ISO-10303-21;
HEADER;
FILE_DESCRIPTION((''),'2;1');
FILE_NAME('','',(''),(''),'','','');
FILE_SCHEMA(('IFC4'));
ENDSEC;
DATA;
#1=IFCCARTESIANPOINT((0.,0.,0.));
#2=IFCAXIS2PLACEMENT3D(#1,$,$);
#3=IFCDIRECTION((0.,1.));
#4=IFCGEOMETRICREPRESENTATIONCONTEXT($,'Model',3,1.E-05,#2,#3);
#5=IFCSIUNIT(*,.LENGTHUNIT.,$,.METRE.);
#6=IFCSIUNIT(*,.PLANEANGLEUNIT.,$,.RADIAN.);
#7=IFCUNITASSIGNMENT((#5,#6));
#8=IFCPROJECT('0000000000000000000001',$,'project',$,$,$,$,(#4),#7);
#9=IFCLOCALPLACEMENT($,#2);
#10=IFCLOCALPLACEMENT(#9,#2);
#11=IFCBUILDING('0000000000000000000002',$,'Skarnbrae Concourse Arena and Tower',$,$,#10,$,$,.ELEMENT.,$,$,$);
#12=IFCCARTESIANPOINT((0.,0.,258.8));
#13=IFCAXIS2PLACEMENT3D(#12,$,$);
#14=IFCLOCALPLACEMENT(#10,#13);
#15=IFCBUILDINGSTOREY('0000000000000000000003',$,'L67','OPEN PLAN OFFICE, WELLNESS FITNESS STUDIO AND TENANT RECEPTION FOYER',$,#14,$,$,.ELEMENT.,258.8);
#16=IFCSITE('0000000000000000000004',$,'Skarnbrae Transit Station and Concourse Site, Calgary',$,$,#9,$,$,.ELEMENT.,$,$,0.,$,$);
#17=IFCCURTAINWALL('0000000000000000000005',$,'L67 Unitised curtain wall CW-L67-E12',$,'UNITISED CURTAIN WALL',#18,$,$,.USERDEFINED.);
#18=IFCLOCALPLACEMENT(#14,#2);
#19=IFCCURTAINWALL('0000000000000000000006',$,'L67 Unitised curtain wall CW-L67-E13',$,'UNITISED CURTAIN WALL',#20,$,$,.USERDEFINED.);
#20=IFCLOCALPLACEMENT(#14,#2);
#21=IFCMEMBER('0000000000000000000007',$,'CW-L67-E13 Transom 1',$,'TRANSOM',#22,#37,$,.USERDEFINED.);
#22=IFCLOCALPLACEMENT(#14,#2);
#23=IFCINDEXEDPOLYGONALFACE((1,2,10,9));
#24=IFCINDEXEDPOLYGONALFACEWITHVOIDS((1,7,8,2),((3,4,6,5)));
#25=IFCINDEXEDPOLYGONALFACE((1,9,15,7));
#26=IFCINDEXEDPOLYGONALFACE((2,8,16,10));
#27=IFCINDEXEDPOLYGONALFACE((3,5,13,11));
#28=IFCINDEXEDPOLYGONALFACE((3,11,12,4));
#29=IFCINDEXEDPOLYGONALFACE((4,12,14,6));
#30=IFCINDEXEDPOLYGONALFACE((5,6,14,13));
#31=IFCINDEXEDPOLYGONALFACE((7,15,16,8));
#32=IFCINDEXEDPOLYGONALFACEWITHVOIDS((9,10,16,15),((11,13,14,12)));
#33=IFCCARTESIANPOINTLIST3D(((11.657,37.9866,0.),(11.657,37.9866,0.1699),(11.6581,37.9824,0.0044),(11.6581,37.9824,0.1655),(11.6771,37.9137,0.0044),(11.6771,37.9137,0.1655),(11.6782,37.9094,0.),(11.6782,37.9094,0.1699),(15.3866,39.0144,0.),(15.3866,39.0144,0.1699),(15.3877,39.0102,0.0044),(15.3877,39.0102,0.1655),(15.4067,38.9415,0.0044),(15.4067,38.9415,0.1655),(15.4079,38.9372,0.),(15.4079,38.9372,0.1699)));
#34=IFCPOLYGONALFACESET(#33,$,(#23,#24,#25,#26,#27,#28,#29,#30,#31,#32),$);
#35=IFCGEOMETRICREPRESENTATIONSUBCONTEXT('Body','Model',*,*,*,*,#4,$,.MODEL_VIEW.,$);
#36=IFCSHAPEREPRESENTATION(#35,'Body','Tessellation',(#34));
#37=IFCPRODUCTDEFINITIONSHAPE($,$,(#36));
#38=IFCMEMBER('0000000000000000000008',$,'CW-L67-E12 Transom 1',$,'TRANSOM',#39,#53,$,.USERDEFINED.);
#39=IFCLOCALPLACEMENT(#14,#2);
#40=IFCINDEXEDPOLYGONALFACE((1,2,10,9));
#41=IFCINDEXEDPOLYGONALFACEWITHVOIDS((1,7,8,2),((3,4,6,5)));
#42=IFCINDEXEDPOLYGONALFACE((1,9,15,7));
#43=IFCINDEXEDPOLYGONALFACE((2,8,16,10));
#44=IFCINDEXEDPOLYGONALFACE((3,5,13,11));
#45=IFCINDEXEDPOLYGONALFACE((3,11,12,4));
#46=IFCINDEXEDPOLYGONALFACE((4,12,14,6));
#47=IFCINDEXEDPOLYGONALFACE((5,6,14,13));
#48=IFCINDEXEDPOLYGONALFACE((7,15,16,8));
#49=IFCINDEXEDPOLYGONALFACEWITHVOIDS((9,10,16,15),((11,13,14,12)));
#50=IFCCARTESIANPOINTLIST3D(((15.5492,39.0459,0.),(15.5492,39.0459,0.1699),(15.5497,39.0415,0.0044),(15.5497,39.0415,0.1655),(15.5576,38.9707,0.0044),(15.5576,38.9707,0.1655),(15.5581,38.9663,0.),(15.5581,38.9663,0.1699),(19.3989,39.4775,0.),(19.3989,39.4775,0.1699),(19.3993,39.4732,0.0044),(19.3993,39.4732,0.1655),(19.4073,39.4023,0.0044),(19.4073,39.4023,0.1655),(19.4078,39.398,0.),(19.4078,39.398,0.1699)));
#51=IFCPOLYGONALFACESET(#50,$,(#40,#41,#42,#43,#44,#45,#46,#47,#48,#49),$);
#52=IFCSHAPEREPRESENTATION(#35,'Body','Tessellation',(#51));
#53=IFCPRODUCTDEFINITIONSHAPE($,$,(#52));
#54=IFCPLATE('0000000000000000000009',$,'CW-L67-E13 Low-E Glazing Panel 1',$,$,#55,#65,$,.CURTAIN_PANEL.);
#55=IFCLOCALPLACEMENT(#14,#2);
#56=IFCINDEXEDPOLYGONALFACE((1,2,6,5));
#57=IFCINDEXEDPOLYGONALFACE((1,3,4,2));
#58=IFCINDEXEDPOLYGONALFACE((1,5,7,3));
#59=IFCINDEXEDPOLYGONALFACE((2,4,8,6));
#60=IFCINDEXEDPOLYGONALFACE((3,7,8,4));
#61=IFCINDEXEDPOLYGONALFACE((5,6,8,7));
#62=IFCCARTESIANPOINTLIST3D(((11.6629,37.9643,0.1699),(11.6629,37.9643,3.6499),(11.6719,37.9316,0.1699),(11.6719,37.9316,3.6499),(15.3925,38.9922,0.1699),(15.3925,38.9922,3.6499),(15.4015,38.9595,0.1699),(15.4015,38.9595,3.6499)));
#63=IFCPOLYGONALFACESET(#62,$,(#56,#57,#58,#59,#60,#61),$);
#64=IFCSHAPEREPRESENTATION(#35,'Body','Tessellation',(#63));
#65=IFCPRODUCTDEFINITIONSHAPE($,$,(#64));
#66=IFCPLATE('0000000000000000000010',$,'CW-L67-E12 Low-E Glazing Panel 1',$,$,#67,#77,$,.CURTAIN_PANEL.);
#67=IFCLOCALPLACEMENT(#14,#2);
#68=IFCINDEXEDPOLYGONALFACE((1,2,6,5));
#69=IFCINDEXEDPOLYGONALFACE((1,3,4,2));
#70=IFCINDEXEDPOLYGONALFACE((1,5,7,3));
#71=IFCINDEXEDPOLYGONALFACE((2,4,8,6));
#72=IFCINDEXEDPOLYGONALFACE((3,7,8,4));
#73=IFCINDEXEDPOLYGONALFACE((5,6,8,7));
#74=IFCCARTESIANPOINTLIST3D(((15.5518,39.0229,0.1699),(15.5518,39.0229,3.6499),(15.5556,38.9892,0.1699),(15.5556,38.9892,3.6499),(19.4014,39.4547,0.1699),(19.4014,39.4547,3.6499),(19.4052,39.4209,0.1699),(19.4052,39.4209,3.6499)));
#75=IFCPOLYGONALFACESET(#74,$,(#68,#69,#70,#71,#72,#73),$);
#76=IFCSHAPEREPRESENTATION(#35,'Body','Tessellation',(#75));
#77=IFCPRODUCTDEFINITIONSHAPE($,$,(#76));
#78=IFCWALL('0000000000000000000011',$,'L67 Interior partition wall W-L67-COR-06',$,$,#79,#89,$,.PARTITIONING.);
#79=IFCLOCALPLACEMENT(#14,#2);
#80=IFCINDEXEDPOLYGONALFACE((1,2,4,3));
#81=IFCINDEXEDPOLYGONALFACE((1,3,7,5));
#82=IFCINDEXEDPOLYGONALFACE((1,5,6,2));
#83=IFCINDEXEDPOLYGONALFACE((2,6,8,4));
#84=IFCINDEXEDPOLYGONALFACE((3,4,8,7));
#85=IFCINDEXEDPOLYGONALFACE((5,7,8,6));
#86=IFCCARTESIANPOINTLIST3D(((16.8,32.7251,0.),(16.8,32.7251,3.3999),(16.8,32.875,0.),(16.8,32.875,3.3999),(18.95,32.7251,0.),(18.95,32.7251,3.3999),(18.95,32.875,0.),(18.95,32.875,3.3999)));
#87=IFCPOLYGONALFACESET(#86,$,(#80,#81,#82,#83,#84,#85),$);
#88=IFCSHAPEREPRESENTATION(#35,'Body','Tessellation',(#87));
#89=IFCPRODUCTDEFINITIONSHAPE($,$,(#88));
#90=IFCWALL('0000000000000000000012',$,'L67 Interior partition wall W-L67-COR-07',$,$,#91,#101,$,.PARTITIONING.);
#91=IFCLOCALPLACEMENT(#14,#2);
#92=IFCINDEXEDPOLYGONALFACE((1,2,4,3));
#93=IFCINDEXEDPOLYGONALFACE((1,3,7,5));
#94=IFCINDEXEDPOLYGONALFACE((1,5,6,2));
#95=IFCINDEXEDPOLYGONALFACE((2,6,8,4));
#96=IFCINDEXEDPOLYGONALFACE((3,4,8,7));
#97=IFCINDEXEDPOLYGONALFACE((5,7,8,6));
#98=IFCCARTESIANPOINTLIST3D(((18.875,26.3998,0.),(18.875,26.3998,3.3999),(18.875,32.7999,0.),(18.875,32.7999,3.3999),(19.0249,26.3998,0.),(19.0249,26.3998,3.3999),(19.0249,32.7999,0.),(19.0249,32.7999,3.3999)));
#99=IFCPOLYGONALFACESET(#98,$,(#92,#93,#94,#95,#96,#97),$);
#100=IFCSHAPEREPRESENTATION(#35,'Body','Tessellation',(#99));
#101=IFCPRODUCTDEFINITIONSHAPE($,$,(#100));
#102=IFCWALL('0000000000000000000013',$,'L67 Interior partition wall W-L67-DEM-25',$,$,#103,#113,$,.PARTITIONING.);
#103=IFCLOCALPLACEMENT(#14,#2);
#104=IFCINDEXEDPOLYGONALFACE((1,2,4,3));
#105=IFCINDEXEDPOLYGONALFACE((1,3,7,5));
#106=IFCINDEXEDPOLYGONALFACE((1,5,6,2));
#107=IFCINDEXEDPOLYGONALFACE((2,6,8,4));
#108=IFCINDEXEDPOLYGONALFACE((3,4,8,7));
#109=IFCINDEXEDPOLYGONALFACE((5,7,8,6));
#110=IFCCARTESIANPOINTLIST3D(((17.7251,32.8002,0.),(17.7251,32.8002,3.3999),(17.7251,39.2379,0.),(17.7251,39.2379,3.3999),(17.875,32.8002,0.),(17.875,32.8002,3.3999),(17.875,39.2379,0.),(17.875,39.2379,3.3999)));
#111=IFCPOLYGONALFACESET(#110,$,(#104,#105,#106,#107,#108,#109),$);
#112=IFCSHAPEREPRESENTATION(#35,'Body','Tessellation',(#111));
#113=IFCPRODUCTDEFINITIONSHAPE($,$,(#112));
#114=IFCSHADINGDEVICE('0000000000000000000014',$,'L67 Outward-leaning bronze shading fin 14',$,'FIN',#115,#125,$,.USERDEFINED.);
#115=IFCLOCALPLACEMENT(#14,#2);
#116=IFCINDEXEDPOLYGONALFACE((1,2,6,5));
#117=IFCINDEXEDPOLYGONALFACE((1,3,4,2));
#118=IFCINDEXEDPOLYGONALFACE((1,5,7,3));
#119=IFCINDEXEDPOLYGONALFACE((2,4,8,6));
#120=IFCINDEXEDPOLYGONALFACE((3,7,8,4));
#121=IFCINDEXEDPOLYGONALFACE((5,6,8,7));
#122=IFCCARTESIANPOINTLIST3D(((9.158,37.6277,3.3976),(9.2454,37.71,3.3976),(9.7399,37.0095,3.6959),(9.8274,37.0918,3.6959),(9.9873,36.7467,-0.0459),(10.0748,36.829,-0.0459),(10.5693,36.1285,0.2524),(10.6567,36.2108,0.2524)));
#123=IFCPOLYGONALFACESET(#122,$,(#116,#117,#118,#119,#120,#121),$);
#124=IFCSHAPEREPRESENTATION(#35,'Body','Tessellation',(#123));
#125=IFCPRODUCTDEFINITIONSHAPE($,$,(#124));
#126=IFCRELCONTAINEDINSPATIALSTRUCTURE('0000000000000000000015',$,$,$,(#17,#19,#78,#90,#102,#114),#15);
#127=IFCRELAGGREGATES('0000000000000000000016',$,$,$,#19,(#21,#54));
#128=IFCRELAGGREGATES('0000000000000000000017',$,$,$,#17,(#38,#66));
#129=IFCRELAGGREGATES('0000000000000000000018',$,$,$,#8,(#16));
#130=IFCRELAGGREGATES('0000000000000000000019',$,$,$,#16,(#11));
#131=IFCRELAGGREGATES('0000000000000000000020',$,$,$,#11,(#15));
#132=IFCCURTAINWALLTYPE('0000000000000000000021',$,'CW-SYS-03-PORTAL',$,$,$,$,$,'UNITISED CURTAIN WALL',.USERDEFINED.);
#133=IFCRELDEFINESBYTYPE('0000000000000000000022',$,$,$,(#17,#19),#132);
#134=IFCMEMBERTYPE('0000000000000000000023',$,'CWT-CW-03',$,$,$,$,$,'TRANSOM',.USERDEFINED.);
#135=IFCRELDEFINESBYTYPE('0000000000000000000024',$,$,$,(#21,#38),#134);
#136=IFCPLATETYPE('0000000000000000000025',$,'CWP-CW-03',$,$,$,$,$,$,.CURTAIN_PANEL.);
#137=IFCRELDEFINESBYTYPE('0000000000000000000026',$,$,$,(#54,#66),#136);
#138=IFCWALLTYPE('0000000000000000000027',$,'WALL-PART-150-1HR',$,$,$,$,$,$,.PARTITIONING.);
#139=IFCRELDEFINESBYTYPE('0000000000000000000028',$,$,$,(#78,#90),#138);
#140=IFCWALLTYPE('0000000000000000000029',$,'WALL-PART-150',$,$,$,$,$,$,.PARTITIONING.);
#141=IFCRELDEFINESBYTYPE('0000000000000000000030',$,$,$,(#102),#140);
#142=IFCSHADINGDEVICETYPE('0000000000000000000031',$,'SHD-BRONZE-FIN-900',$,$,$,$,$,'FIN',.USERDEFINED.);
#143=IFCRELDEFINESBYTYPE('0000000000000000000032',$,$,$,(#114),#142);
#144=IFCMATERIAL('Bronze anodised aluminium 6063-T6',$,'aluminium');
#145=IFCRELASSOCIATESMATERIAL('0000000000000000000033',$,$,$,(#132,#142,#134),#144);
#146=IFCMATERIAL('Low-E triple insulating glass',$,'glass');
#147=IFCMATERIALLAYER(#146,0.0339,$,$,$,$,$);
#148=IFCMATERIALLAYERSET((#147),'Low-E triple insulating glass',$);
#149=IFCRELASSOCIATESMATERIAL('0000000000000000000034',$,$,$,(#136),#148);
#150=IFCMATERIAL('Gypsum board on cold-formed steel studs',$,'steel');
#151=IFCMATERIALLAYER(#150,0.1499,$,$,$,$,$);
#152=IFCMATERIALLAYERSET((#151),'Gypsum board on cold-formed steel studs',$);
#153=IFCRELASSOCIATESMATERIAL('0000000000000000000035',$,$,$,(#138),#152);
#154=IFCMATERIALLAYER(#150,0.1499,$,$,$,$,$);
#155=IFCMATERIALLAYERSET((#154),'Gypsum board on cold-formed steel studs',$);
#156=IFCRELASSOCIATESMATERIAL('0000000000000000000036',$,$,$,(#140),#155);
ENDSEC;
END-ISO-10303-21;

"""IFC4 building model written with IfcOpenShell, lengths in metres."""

from ifc_helpers import new_model, si_unit, direction, frame, frame_2d, origin, origin_2d, place, context, subcontext, project, spatial, rectangle, hollow_rectangle, extrude, source, transform, mapped, material, layer, layer_set, material_profile, profile_set, type_object, element, aggregate, save


model = new_model("IFC4")

# Units and contexts
model_context = context("Model", 3, precision=1e-05, world=origin(), true_north=direction((0.0, 1.0)))
body_context = subcontext(model_context, "Body", "Model", "MODEL_VIEW")
ifc_project = project(units=[si_unit("LENGTHUNIT", "METRE"), si_unit("PLANEANGLEUNIT", "RADIAN")], contexts=[model_context])

# Site, building, storey
site_placement = place(None, origin())
site = spatial("IfcSite", under=ifc_project, at=site_placement, Name="Skarnbrae Transit Station and Concourse Site, Calgary", CompositionType="ELEMENT", RefElevation=0.0)
building_placement = place(site_placement, origin())
building = spatial("IfcBuilding", under=site, at=building_placement, Name="Skarnbrae Concourse Arena and Tower", CompositionType="ELEMENT")
storey_placement = place(building_placement, frame((0.0, 0.0, 258.8)))
storey = spatial("IfcBuildingStorey", under=building, at=storey_placement, Name="L67", Description="OPEN PLAN OFFICE, WELLNESS FITNESS STUDIO AND TENANT RECEPTION FOYER", CompositionType="ELEMENT", Elevation=258.8)

# Shared definitions
ifc_material_1 = material(Name="Bronze anodised aluminium 6063-T6", Category="aluminium")
curtain_wall_type_1 = type_object("IfcCurtainWallType", Name="CW-SYS-03-PORTAL", ElementType="UNITISED CURTAIN WALL", PredefinedType="USERDEFINED", material=ifc_material_1)

# Curtain walls
curtain_wall_1_placement = place(storey_placement, origin())
curtain_wall_1 = element("IfcCurtainWall", 1, at=curtain_wall_1_placement, inside=storey, type_object=curtain_wall_type_1, Name="L67 Unitised curtain wall CW-L67-E12", ObjectType="UNITISED CURTAIN WALL", PredefinedType="USERDEFINED")
curtain_wall_2_placement = place(storey_placement, origin())
curtain_wall_2 = element("IfcCurtainWall", 2, at=curtain_wall_2_placement, inside=storey, type_object=curtain_wall_type_1, Name="L67 Unitised curtain wall CW-L67-E13", ObjectType="UNITISED CURTAIN WALL", PredefinedType="USERDEFINED")

# Members
ifc_material_profile_1 = material_profile(ifc_material_1, hollow_rectangle(XDim=0.0801, YDim=0.1699, WallThickness=0.0044, at=origin_2d()), Name="ALU-TRAN-80X170")
ifc_profile_set_1 = profile_set([ifc_material_profile_1], Name="Bronze anodised aluminium 6063-T6")
member_type_1 = type_object("IfcMemberType", Name="CWT-CW-03", ElementType="TRANSOM", PredefinedType="USERDEFINED", material=ifc_profile_set_1)
shared_shape_1 = source(origin(), body_context, "Body", "SweptSolid", [
    extrude(hollow_rectangle(XDim=0.0801, YDim=0.1699, WallThickness=0.0044, at=origin_2d()), origin(), (0.0, 0.0, 1.0), 3.8687),
])
member_1_placement = place(storey_placement, frame((15.3972, 38.9758, 0.085), z_axis=(-0.964063, -0.265674, 0.0), x_axis=(0.265674, -0.964063, 0.0)))
member_1 = element("IfcMember", 3, at=member_1_placement, type_object=member_type_1, Name="CW-L67-E13 Transom 1", ObjectType="TRANSOM", PredefinedType="USERDEFINED", context=body_context, shape_type="MappedRepresentation", body=[
    mapped(shared_shape_1, transform((0.0, 0.0, 0.0))),
])
shared_shape_2 = source(origin(), body_context, "Body", "SweptSolid", [
    extrude(hollow_rectangle(XDim=0.0801, YDim=0.1699, WallThickness=0.0044, at=origin_2d()), origin(), (0.0, 0.0, 1.0), 3.8738),
])
member_2_placement = place(storey_placement, frame((19.4033, 39.4377, 0.085), z_axis=(-0.993773, -0.111428, 0.0), x_axis=(0.111428, -0.993773, 0.0)))
member_2 = element("IfcMember", 4, at=member_2_placement, type_object=member_type_1, Name="CW-L67-E12 Transom 1", ObjectType="TRANSOM", PredefinedType="USERDEFINED", context=body_context, shape_type="MappedRepresentation", body=[
    mapped(shared_shape_2, transform((0.0, 0.0, 0.0))),
])

# Plates
ifc_material_2 = material(Name="Low-E triple insulating glass", Category="glass")
ifc_layer_1 = layer(ifc_material_2, 0.0339)
ifc_layer_set_1 = layer_set([ifc_layer_1], Name="Low-E triple insulating glass")
plate_type = type_object("IfcPlateType", Name="CWP-CW-03", PredefinedType="CURTAIN_PANEL", material=ifc_layer_set_1)
shared_shape_3 = source(origin(), body_context, "Body", "SweptSolid", [
    extrude(rectangle(XDim=3.8687, YDim=0.0339, at=origin_2d()), origin(), (0.0, 0.0, 1.0), 3.48),
])
plate_1_placement = place(storey_placement, frame((13.5322, 38.4619, 0.1699), z_axis=(0.0, 0.0, 1.0), x_axis=(-0.964057, -0.265694, 0.0)))
plate_1 = element("IfcPlate", 5, at=plate_1_placement, type_object=plate_type, Name="CW-L67-E13 Low-E Glazing Panel 1", PredefinedType="CURTAIN_PANEL", context=body_context, shape_type="MappedRepresentation", body=[
    mapped(shared_shape_3, transform((0.0, 0.0, 0.0))),
])
aggregate(curtain_wall_2, [member_1, plate_1])
shared_shape_4 = source(origin(), body_context, "Body", "SweptSolid", [
    extrude(rectangle(XDim=3.8738, YDim=0.0339, at=origin_2d()), origin(), (0.0, 0.0, 1.0), 3.48),
])
plate_2_placement = place(storey_placement, frame((17.4785, 39.2219, 0.1699), z_axis=(0.0, 0.0, 1.0), x_axis=(-0.993769, -0.11146, 0.0)))
plate_2 = element("IfcPlate", 6, at=plate_2_placement, type_object=plate_type, Name="CW-L67-E12 Low-E Glazing Panel 1", PredefinedType="CURTAIN_PANEL", context=body_context, shape_type="MappedRepresentation", body=[
    mapped(shared_shape_4, transform((0.0, 0.0, 0.0))),
])
aggregate(curtain_wall_1, [member_2, plate_2])

# Walls
ifc_material_3 = material(Name="Gypsum board on cold-formed steel studs", Category="steel")
ifc_layer_2 = layer(ifc_material_3, 0.1499)
ifc_layer_set_2 = layer_set([ifc_layer_2], Name="Gypsum board on cold-formed steel studs")
wall_type_1 = type_object("IfcWallType", Name="WALL-PART-150-1HR", PredefinedType="PARTITIONING", material=ifc_layer_set_2)
shared_shape_5 = source(origin(), body_context, "Body", "SweptSolid", [
    extrude(rectangle(XDim=2.1499, YDim=0.1499, at=frame_2d((1.075, 0.0))), origin(), (0.0, 0.0, 1.0), 3.3999),
])
wall_1_placement = place(storey_placement, frame((16.8, 32.8, 0.0), z_axis=(0.0, 0.0, 1.0), x_axis=(1.0, 0.0, 0.0)))
element("IfcWall", 7, at=wall_1_placement, inside=storey, type_object=wall_type_1, Name="L67 Interior partition wall W-L67-COR-06", PredefinedType="PARTITIONING", context=body_context, shape_type="MappedRepresentation", body=[
    mapped(shared_shape_5, transform((0.0, 0.0, 0.0))),
])
shared_shape_6 = source(origin(), body_context, "Body", "SweptSolid", [
    extrude(rectangle(XDim=6.4001, YDim=0.1499, at=frame_2d((3.2002, 0.0))), origin(), (0.0, 0.0, 1.0), 3.3999),
])
wall_2_placement = place(storey_placement, frame((18.95, 32.8, 0.0), z_axis=(0.0, 0.0, 1.0), x_axis=(0.0, -1.0, 0.0)))
element("IfcWall", 8, at=wall_2_placement, inside=storey, type_object=wall_type_1, Name="L67 Interior partition wall W-L67-COR-07", PredefinedType="PARTITIONING", context=body_context, shape_type="MappedRepresentation", body=[
    mapped(shared_shape_6, transform((0.0, 0.0, 0.0))),
])
ifc_layer_3 = layer(ifc_material_3, 0.1499)
ifc_layer_set_3 = layer_set([ifc_layer_3], Name="Gypsum board on cold-formed steel studs")
wall_type_2 = type_object("IfcWallType", Name="WALL-PART-150", PredefinedType="PARTITIONING", material=ifc_layer_set_3)
shared_shape_7 = source(origin(), body_context, "Body", "SweptSolid", [
    extrude(rectangle(XDim=6.4377, YDim=0.1499, at=frame_2d((3.2188, 0.0))), origin(), (0.0, 0.0, 1.0), 3.3999),
])
wall_3_placement = place(storey_placement, frame((17.8, 39.2378, 0.0), z_axis=(0.0, 0.0, 1.0), x_axis=(0.0, -1.0, 0.0)))
element("IfcWall", 9, at=wall_3_placement, inside=storey, type_object=wall_type_2, Name="L67 Interior partition wall W-L67-DEM-25", PredefinedType="PARTITIONING", context=body_context, shape_type="MappedRepresentation", body=[
    mapped(shared_shape_7, transform((0.0, 0.0, 0.0))),
])

# Shading device
shading_device_type = type_object("IfcShadingDeviceType", Name="SHD-BRONZE-FIN-900", ElementType="FIN", PredefinedType="USERDEFINED", material=ifc_material_1)
shared_shape_8 = source(origin(), body_context, "Body", "SweptSolid", [
    extrude(rectangle(XDim=0.1201, YDim=0.8999, at=origin_2d()), origin(), (0.0, 0.0, 1.0), 3.6499),
])
shading_device_placement = place(storey_placement, frame((10.322, 36.4788, 0.1033), z_axis=(-0.227224, 0.241378, 0.943454), x_axis=(0.728132, 0.685437, 0.0)))
element("IfcShadingDevice", 10, at=shading_device_placement, inside=storey, type_object=shading_device_type, Name="L67 Outward-leaning bronze shading fin 14", ObjectType="FIN", PredefinedType="USERDEFINED", context=body_context, shape_type="MappedRepresentation", body=[
    mapped(shared_shape_8, transform((0.0, 0.0, 0.0))),
])

save(model, "model.ifc")
